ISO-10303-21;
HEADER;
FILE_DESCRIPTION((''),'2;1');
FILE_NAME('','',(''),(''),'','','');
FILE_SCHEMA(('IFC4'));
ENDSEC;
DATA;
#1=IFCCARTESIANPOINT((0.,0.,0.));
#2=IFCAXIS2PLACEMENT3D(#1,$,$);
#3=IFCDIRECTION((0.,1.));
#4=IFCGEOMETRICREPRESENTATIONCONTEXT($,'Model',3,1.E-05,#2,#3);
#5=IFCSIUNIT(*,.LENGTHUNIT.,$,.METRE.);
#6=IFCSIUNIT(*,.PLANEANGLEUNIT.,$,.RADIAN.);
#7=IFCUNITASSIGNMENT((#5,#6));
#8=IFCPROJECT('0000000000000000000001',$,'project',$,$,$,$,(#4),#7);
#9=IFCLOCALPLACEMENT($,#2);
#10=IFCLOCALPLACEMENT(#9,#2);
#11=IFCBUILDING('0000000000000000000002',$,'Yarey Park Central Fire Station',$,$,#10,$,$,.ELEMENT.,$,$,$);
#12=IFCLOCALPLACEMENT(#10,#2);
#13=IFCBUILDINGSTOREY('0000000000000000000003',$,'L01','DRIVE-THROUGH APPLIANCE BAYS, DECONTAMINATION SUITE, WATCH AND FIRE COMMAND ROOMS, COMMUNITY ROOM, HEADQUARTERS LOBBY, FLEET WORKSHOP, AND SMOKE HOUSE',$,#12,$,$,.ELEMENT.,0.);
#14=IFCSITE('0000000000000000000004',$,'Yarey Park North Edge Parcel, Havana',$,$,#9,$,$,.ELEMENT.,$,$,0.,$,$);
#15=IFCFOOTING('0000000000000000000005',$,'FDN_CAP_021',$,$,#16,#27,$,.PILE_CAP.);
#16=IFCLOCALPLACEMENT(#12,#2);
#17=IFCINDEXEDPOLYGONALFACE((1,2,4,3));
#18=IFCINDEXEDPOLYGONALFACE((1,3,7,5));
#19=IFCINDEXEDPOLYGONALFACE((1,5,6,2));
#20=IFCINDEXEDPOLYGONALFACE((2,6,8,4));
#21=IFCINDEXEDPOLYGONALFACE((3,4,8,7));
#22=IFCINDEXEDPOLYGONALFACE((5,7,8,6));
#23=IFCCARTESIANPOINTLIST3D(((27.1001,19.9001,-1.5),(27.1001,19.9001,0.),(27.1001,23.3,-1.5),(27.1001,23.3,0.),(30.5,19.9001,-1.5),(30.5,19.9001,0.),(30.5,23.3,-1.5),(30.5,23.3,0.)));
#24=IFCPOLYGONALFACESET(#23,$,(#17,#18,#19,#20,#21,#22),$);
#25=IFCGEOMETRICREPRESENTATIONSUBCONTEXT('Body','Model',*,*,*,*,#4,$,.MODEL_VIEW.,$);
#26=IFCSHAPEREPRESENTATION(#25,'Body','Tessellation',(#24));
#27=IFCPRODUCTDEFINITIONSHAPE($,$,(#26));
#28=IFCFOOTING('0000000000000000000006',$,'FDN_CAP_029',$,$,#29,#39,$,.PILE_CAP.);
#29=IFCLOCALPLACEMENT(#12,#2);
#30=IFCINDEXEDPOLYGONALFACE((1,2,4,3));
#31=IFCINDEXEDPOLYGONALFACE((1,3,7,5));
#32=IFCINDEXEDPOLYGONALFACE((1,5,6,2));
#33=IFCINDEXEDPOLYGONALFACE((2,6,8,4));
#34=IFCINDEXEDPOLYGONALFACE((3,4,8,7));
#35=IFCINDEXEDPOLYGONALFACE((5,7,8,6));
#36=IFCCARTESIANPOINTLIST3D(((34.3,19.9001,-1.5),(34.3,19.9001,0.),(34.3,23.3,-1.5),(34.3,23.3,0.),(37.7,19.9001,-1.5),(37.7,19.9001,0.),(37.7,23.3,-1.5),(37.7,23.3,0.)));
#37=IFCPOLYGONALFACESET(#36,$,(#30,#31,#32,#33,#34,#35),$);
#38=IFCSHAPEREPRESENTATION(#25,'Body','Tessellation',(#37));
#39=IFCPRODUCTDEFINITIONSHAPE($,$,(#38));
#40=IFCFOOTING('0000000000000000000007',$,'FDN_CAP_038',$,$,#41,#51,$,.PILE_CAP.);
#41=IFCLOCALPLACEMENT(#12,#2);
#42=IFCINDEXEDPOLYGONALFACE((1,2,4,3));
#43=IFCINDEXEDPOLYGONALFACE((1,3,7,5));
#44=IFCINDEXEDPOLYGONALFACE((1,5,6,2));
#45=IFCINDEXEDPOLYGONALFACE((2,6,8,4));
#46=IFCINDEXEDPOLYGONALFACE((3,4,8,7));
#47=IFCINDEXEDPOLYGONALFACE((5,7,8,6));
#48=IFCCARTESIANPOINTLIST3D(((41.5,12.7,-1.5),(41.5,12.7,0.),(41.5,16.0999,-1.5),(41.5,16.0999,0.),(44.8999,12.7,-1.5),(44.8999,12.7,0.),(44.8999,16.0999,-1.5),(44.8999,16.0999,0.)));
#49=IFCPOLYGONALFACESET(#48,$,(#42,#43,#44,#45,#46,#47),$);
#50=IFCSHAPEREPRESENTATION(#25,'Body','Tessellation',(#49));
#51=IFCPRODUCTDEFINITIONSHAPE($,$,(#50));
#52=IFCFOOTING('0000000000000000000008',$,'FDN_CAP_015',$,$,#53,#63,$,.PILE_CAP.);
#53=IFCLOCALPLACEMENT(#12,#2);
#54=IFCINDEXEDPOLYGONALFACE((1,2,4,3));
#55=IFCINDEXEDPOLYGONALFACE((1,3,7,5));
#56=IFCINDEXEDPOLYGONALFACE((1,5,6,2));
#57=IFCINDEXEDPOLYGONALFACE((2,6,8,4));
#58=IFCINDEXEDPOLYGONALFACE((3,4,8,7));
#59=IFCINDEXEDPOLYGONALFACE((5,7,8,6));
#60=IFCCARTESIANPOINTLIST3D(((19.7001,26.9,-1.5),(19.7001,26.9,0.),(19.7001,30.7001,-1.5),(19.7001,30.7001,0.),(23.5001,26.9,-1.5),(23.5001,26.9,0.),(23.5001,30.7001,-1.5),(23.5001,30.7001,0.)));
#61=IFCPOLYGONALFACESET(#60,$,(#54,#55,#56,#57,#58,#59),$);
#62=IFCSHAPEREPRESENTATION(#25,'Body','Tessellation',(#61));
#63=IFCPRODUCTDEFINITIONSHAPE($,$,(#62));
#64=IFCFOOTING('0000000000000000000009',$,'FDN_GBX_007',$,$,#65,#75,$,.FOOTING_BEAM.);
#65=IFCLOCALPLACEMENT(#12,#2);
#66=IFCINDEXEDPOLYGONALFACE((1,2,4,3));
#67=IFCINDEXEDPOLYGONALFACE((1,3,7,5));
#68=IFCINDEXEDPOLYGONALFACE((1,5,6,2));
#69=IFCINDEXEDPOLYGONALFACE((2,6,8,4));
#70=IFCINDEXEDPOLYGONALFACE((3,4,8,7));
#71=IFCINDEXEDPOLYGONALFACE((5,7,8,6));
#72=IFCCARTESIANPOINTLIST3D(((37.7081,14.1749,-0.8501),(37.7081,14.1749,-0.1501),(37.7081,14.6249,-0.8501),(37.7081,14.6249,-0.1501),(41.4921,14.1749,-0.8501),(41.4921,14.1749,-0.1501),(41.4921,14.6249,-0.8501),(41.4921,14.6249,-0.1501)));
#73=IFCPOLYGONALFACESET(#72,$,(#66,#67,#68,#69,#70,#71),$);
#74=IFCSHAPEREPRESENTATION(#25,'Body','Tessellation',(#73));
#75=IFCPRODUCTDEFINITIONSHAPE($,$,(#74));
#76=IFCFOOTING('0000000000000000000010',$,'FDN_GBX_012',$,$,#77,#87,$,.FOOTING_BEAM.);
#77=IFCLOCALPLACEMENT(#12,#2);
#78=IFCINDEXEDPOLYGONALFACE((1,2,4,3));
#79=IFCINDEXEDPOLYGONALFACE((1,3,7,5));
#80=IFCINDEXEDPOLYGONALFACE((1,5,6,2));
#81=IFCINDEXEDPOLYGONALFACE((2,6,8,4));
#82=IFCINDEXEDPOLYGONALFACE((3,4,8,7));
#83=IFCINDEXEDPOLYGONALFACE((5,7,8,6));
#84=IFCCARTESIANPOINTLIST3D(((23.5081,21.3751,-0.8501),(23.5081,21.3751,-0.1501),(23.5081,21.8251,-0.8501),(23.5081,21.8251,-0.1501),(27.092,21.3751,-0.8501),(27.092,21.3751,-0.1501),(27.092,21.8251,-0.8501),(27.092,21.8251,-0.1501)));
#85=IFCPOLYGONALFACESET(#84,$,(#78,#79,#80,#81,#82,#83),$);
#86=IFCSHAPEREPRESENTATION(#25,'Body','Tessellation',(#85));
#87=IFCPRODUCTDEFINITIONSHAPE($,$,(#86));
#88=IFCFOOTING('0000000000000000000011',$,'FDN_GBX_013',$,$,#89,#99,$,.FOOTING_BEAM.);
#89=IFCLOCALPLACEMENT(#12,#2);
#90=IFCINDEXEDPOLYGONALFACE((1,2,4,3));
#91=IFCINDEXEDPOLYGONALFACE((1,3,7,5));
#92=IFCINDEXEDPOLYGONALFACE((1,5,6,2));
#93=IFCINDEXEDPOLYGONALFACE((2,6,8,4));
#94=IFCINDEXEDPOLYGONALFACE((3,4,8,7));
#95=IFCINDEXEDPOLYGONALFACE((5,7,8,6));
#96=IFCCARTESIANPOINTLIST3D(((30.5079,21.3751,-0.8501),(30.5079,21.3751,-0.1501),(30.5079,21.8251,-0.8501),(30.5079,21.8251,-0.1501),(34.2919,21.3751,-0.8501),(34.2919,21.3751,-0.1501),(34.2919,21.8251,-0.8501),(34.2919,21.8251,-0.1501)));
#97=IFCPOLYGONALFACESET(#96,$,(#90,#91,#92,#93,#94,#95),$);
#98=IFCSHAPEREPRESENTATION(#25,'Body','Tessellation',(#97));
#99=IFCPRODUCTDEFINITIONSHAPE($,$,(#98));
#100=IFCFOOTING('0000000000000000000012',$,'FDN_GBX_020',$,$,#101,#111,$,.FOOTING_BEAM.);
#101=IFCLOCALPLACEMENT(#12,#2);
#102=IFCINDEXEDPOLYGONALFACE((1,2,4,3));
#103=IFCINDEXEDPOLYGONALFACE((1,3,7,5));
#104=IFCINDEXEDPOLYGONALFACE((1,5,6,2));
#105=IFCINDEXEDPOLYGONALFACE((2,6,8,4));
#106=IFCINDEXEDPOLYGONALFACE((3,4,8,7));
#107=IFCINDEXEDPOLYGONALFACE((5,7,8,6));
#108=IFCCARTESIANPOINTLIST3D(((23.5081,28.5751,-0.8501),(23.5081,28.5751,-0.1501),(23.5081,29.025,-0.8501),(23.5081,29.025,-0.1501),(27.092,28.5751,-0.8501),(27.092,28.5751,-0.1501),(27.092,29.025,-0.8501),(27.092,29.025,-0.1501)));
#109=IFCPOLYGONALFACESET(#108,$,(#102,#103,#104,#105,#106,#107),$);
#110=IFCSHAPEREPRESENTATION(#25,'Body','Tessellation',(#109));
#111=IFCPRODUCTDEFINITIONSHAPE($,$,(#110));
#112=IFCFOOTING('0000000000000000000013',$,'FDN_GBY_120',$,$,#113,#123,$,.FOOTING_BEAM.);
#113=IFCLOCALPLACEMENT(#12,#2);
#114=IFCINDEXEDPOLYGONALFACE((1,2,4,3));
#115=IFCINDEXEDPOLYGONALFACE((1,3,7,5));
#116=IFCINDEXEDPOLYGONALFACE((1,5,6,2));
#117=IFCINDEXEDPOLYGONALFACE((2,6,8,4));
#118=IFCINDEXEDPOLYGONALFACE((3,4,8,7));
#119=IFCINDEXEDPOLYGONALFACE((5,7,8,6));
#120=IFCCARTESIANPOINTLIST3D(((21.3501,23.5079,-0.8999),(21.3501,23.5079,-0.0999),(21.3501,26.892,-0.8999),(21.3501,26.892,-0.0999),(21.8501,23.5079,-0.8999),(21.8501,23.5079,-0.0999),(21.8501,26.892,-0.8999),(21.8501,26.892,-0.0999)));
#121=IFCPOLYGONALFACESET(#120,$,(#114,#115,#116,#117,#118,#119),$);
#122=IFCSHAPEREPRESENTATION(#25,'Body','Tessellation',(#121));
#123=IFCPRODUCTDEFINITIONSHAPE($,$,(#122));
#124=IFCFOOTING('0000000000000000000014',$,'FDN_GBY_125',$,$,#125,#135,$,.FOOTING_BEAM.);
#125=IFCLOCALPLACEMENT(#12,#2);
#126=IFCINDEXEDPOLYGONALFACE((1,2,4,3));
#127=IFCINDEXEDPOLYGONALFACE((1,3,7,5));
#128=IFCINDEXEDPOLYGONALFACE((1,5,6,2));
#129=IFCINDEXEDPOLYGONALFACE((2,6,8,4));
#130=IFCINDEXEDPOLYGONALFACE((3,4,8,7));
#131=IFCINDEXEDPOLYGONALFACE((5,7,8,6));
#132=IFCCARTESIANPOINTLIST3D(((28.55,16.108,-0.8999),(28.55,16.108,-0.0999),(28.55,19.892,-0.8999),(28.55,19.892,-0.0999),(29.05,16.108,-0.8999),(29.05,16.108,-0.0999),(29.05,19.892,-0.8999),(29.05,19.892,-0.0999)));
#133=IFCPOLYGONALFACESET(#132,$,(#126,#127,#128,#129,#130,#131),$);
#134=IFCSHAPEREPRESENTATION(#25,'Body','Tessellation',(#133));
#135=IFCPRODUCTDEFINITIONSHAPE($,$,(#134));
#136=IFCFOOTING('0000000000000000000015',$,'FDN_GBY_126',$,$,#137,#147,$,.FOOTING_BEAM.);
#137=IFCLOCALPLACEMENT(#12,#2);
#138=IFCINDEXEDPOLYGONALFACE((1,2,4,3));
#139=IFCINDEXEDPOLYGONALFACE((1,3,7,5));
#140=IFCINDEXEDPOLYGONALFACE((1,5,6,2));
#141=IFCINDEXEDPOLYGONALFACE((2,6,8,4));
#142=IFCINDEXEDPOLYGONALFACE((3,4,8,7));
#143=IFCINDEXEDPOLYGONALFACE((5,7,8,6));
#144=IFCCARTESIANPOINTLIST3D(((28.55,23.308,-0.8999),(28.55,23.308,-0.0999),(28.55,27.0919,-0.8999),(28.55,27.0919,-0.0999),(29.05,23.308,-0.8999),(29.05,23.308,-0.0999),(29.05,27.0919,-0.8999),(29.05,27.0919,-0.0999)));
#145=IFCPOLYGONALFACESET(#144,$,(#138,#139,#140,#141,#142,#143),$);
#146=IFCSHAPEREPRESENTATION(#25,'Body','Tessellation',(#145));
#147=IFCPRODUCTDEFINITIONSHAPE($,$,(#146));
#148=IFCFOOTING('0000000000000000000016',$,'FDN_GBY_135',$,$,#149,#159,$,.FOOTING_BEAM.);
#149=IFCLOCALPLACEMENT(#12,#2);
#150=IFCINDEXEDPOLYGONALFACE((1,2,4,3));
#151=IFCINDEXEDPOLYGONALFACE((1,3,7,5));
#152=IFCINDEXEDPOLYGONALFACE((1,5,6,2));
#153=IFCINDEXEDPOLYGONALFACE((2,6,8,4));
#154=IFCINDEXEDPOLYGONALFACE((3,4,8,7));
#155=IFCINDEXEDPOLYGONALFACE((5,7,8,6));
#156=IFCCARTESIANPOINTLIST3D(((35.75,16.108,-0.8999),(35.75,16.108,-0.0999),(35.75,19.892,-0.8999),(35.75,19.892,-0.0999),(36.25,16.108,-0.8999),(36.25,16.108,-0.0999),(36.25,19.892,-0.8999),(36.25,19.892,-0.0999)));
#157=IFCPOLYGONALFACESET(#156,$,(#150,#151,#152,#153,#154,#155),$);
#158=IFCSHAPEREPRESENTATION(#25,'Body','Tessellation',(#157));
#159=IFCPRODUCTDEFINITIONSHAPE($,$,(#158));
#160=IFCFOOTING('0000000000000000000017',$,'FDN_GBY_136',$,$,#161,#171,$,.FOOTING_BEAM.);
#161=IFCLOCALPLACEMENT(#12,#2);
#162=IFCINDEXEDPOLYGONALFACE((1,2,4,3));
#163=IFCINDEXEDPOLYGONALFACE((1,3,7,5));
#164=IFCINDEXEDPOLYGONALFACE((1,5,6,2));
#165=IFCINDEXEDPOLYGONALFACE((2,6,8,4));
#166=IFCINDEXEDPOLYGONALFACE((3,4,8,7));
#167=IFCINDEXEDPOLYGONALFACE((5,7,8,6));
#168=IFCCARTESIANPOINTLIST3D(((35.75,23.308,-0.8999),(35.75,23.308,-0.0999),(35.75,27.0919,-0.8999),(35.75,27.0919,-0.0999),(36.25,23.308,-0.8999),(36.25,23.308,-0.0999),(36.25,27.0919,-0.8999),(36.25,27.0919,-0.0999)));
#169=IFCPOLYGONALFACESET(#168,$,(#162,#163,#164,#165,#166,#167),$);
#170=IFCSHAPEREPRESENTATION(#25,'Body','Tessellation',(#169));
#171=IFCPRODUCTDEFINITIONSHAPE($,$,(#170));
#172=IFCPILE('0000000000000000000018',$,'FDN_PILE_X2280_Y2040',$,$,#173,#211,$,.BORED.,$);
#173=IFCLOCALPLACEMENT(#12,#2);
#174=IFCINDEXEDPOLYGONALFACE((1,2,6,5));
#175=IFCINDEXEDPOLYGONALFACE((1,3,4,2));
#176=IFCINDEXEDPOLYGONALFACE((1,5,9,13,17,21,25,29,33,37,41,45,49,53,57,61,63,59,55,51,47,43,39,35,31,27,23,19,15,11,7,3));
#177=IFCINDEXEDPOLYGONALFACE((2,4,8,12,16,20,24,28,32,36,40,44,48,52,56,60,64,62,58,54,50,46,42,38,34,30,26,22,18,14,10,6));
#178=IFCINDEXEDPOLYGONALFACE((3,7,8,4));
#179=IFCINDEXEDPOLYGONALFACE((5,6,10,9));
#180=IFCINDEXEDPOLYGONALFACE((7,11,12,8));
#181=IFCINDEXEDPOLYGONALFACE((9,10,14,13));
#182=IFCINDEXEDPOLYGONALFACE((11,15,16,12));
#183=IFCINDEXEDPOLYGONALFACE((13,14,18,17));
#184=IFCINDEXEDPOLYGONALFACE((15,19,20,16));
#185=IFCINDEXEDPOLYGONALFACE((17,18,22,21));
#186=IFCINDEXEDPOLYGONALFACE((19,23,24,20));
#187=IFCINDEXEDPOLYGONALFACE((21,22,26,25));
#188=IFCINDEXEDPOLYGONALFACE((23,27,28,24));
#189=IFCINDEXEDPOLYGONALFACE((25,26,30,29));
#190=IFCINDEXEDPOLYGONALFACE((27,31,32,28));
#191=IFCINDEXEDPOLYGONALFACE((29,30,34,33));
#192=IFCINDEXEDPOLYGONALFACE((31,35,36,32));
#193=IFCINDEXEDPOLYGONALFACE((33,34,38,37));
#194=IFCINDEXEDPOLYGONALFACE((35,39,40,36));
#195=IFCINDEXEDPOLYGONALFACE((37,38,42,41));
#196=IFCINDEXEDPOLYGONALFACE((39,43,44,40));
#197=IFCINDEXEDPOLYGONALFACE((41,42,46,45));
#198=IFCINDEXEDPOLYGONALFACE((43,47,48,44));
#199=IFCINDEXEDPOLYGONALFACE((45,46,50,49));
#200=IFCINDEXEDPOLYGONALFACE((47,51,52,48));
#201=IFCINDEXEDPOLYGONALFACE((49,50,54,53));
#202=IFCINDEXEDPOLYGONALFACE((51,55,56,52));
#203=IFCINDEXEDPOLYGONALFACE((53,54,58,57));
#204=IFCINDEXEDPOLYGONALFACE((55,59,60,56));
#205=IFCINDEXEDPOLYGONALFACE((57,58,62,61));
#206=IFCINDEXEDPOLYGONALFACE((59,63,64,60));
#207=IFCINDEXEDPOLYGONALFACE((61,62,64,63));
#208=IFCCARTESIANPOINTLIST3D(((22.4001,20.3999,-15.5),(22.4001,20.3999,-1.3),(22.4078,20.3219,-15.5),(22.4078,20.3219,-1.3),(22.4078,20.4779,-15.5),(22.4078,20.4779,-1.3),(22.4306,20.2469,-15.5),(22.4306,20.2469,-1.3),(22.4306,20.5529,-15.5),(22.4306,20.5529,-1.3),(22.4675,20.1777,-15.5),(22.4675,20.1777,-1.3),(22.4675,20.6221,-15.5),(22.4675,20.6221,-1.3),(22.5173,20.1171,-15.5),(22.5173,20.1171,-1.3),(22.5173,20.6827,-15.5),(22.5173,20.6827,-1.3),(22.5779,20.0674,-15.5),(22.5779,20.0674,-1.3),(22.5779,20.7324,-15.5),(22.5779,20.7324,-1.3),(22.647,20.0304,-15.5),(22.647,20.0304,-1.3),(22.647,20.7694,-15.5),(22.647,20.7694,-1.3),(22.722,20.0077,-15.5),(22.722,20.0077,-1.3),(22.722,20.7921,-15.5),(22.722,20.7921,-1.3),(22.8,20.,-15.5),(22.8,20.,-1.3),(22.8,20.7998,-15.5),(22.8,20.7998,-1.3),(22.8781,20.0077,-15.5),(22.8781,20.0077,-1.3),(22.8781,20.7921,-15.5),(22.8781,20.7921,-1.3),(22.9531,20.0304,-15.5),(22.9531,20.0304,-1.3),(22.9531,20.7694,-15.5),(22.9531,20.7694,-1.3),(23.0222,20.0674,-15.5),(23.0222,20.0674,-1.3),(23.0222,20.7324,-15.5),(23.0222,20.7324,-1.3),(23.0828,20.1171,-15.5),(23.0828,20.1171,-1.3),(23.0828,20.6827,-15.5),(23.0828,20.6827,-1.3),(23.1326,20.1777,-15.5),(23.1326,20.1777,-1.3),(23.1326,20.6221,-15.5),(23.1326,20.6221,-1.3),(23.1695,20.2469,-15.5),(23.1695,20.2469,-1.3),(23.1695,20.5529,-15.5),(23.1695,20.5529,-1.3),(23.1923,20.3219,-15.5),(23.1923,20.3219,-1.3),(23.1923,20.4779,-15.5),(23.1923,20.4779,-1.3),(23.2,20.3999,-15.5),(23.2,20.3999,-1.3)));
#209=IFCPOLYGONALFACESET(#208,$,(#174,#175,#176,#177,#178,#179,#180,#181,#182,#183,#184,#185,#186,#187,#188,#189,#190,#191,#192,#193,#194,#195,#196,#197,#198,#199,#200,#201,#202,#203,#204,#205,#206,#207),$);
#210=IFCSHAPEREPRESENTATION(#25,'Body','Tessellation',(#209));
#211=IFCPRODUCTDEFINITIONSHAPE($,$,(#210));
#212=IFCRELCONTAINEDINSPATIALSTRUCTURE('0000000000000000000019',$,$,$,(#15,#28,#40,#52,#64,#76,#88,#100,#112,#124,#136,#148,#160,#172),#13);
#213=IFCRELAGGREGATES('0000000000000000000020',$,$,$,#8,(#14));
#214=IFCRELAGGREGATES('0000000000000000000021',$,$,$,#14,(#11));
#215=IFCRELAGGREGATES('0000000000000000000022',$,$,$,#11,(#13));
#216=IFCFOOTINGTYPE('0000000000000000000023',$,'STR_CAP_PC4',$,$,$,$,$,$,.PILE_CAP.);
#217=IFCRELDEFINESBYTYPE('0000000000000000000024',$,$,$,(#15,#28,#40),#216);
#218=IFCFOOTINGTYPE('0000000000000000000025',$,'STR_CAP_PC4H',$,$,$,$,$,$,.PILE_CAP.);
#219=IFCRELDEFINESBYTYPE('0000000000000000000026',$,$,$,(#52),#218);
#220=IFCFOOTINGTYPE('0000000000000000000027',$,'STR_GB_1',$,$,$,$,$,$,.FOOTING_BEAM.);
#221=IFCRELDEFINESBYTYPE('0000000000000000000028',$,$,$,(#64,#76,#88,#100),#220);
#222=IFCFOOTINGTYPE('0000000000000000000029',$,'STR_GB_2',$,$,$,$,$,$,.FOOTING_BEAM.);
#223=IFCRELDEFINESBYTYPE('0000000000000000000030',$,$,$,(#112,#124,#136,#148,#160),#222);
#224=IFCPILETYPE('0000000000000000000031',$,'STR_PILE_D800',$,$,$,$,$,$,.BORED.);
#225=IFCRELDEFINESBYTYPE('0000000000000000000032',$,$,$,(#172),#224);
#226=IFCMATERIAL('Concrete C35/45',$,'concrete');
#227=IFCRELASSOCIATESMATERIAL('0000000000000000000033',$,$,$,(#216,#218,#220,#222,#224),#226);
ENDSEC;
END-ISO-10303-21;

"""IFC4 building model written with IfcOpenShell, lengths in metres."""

from ifc_helpers import new_model, si_unit, direction, frame, origin, origin_2d, place, context, subcontext, project, spatial, rectangle, circle, extrude, material, material_profile, profile_set, type_object, element, save


model = new_model("IFC4")

# Units and contexts
model_context = context("Model", 3, precision=1e-05, world=origin(), true_north=direction((0.0, 1.0)))
body_context = subcontext(model_context, "Body", "Model", "MODEL_VIEW")
ifc_project = project(units=[si_unit("LENGTHUNIT", "METRE"), si_unit("PLANEANGLEUNIT", "RADIAN")], contexts=[model_context])

# Site, building, storey
site_placement = place(None, origin())
site = spatial("IfcSite", under=ifc_project, at=site_placement, Name="Yarey Park North Edge Parcel, Havana", CompositionType="ELEMENT", RefElevation=0.0)
building_placement = place(site_placement, origin())
building = spatial("IfcBuilding", under=site, at=building_placement, Name="Yarey Park Central Fire Station", CompositionType="ELEMENT")
storey_placement = place(building_placement, origin())
storey = spatial("IfcBuildingStorey", under=building, at=storey_placement, Name="L01", Description="DRIVE-THROUGH APPLIANCE BAYS, DECONTAMINATION SUITE, WATCH AND FIRE COMMAND ROOMS, COMMUNITY ROOM, HEADQUARTERS LOBBY, FLEET WORKSHOP, AND SMOKE HOUSE", CompositionType="ELEMENT", Elevation=0.0)

# Footings
ifc_material_1 = material(Name="Concrete C35/45", Category="concrete")
footing_type_1 = type_object("IfcFootingType", Name="STR_CAP_PC4", PredefinedType="PILE_CAP", material=ifc_material_1)
for number, where, z_axis, x_axis, name in (
    (1, (28.8, 21.6001, -1.5), (0.0, 0.0, 1.0), (1.0, 0.0, 0.0), "FDN_CAP_021"),
    (2, (36.0, 21.6001, -1.5), (0.0, 0.0, 1.0), (1.0, 0.0, 0.0), "FDN_CAP_029"),
    (3, (43.2, 14.3999, -1.5), (0.0, 0.0, 1.0), (1.0, 0.0, 0.0), "FDN_CAP_038"),
):
    element("IfcFooting", number, at=place(storey_placement, frame(where, z_axis=z_axis, x_axis=x_axis)), inside=storey, type_object=footing_type_1, Name=name, PredefinedType="PILE_CAP", context=body_context, shape_type="SweptSolid", body=[
        extrude(rectangle(XDim=3.3999, YDim=3.3999, at=origin_2d()), origin(), (0.0, 0.0, 1.0), 1.5),
    ])
footing_type_2 = type_object("IfcFootingType", Name="STR_CAP_PC4H", PredefinedType="PILE_CAP", material=ifc_material_1)
footing_1_placement = place(storey_placement, frame((21.6001, 28.8, -1.5), z_axis=(0.0, 0.0, 1.0), x_axis=(1.0, 0.0, 0.0)))
element("IfcFooting", 4, at=footing_1_placement, inside=storey, type_object=footing_type_2, Name="FDN_CAP_015", PredefinedType="PILE_CAP", context=body_context, shape_type="SweptSolid", body=[
    extrude(rectangle(XDim=3.8, YDim=3.8, at=origin_2d()), origin(), (0.0, 0.0, 1.0), 1.5),
])
footing_type_3 = type_object("IfcFootingType", Name="STR_GB_1", PredefinedType="FOOTING_BEAM", material=ifc_material_1)
footing_2_placement = place(storey_placement, frame((39.6001, 14.3999, -0.8501), z_axis=(0.0, 0.0, 1.0), x_axis=(1.0, 0.0, 0.0)))
element("IfcFooting", 5, at=footing_2_placement, inside=storey, type_object=footing_type_3, Name="FDN_GBX_007", PredefinedType="FOOTING_BEAM", context=body_context, shape_type="SweptSolid", body=[
    extrude(rectangle(XDim=3.7839, YDim=0.45, at=origin_2d()), origin(), (0.0, 0.0, 1.0), 0.7),
])
footing_3_placement = place(storey_placement, frame((25.3, 21.6001, -0.8501), z_axis=(0.0, 0.0, 1.0), x_axis=(1.0, 0.0, 0.0)))
element("IfcFooting", 6, at=footing_3_placement, inside=storey, type_object=footing_type_3, Name="FDN_GBX_012", PredefinedType="FOOTING_BEAM", context=body_context, shape_type="SweptSolid", body=[
    extrude(rectangle(XDim=3.584, YDim=0.45, at=origin_2d()), origin(), (0.0, 0.0, 1.0), 0.7),
])
footing_4_placement = place(storey_placement, frame((32.3999, 21.6001, -0.8501), z_axis=(0.0, 0.0, 1.0), x_axis=(1.0, 0.0, 0.0)))
element("IfcFooting", 7, at=footing_4_placement, inside=storey, type_object=footing_type_3, Name="FDN_GBX_013", PredefinedType="FOOTING_BEAM", context=body_context, shape_type="SweptSolid", body=[
    extrude(rectangle(XDim=3.7839, YDim=0.45, at=origin_2d()), origin(), (0.0, 0.0, 1.0), 0.7),
])
footing_5_placement = place(storey_placement, frame((25.3, 28.8, -0.8501), z_axis=(0.0, 0.0, 1.0), x_axis=(1.0, 0.0, 0.0)))
element("IfcFooting", 8, at=footing_5_placement, inside=storey, type_object=footing_type_3, Name="FDN_GBX_020", PredefinedType="FOOTING_BEAM", context=body_context, shape_type="SweptSolid", body=[
    extrude(rectangle(XDim=3.584, YDim=0.45, at=origin_2d()), origin(), (0.0, 0.0, 1.0), 0.7),
])
footing_type_4 = type_object("IfcFootingType", Name="STR_GB_2", PredefinedType="FOOTING_BEAM", material=ifc_material_1)
footing_6_placement = place(storey_placement, frame((21.6001, 25.2, -0.8999), z_axis=(0.0, 0.0, 1.0), x_axis=(1.0, 0.0, 0.0)))
element("IfcFooting", 9, at=footing_6_placement, inside=storey, type_object=footing_type_4, Name="FDN_GBY_120", PredefinedType="FOOTING_BEAM", context=body_context, shape_type="SweptSolid", body=[
    extrude(rectangle(XDim=0.5, YDim=3.384, at=origin_2d()), origin(), (0.0, 0.0, 1.0), 0.8),
])
for number, where, z_axis, x_axis, name in (
    (10, (28.8, 18.0, -0.8999), (0.0, 0.0, 1.0), (1.0, 0.0, 0.0), "FDN_GBY_125"),
    (11, (28.8, 25.2, -0.8999), (0.0, 0.0, 1.0), (1.0, 0.0, 0.0), "FDN_GBY_126"),
    (12, (36.0, 18.0, -0.8999), (0.0, 0.0, 1.0), (1.0, 0.0, 0.0), "FDN_GBY_135"),
    (13, (36.0, 25.2, -0.8999), (0.0, 0.0, 1.0), (1.0, 0.0, 0.0), "FDN_GBY_136"),
):
    element("IfcFooting", number, at=place(storey_placement, frame(where, z_axis=z_axis, x_axis=x_axis)), inside=storey, type_object=footing_type_4, Name=name, PredefinedType="FOOTING_BEAM", context=body_context, shape_type="SweptSolid", body=[
        extrude(rectangle(XDim=0.5, YDim=3.7839, at=origin_2d()), origin(), (0.0, 0.0, 1.0), 0.8),
    ])

# Pile
ifc_material_profile_1 = material_profile(ifc_material_1, circle(Radius=0.3999, at=origin_2d()), Name="BORED PILE D800")
ifc_profile_set_1 = profile_set([ifc_material_profile_1], Name="Concrete C35/45")
pile_type = type_object("IfcPileType", Name="STR_PILE_D800", PredefinedType="BORED", material=ifc_profile_set_1)
for number, where, z_axis, x_axis, name in (
    (14, (22.8, 20.3999, -1.3), (0.0, 0.0, -1.0), (1.0, 0.0, 0.0), "FDN_PILE_X2280_Y2040"),
):
    element("IfcPile", number, at=place(storey_placement, frame(where, z_axis=z_axis, x_axis=x_axis)), inside=storey, type_object=pile_type, Name=name, PredefinedType="BORED", context=body_context, shape_type="SweptSolid", body=[
        extrude(circle(Radius=0.3999, at=origin_2d()), origin(), (0.0, 0.0, 1.0), 14.2),
    ])

save(model, "model.ifc")
